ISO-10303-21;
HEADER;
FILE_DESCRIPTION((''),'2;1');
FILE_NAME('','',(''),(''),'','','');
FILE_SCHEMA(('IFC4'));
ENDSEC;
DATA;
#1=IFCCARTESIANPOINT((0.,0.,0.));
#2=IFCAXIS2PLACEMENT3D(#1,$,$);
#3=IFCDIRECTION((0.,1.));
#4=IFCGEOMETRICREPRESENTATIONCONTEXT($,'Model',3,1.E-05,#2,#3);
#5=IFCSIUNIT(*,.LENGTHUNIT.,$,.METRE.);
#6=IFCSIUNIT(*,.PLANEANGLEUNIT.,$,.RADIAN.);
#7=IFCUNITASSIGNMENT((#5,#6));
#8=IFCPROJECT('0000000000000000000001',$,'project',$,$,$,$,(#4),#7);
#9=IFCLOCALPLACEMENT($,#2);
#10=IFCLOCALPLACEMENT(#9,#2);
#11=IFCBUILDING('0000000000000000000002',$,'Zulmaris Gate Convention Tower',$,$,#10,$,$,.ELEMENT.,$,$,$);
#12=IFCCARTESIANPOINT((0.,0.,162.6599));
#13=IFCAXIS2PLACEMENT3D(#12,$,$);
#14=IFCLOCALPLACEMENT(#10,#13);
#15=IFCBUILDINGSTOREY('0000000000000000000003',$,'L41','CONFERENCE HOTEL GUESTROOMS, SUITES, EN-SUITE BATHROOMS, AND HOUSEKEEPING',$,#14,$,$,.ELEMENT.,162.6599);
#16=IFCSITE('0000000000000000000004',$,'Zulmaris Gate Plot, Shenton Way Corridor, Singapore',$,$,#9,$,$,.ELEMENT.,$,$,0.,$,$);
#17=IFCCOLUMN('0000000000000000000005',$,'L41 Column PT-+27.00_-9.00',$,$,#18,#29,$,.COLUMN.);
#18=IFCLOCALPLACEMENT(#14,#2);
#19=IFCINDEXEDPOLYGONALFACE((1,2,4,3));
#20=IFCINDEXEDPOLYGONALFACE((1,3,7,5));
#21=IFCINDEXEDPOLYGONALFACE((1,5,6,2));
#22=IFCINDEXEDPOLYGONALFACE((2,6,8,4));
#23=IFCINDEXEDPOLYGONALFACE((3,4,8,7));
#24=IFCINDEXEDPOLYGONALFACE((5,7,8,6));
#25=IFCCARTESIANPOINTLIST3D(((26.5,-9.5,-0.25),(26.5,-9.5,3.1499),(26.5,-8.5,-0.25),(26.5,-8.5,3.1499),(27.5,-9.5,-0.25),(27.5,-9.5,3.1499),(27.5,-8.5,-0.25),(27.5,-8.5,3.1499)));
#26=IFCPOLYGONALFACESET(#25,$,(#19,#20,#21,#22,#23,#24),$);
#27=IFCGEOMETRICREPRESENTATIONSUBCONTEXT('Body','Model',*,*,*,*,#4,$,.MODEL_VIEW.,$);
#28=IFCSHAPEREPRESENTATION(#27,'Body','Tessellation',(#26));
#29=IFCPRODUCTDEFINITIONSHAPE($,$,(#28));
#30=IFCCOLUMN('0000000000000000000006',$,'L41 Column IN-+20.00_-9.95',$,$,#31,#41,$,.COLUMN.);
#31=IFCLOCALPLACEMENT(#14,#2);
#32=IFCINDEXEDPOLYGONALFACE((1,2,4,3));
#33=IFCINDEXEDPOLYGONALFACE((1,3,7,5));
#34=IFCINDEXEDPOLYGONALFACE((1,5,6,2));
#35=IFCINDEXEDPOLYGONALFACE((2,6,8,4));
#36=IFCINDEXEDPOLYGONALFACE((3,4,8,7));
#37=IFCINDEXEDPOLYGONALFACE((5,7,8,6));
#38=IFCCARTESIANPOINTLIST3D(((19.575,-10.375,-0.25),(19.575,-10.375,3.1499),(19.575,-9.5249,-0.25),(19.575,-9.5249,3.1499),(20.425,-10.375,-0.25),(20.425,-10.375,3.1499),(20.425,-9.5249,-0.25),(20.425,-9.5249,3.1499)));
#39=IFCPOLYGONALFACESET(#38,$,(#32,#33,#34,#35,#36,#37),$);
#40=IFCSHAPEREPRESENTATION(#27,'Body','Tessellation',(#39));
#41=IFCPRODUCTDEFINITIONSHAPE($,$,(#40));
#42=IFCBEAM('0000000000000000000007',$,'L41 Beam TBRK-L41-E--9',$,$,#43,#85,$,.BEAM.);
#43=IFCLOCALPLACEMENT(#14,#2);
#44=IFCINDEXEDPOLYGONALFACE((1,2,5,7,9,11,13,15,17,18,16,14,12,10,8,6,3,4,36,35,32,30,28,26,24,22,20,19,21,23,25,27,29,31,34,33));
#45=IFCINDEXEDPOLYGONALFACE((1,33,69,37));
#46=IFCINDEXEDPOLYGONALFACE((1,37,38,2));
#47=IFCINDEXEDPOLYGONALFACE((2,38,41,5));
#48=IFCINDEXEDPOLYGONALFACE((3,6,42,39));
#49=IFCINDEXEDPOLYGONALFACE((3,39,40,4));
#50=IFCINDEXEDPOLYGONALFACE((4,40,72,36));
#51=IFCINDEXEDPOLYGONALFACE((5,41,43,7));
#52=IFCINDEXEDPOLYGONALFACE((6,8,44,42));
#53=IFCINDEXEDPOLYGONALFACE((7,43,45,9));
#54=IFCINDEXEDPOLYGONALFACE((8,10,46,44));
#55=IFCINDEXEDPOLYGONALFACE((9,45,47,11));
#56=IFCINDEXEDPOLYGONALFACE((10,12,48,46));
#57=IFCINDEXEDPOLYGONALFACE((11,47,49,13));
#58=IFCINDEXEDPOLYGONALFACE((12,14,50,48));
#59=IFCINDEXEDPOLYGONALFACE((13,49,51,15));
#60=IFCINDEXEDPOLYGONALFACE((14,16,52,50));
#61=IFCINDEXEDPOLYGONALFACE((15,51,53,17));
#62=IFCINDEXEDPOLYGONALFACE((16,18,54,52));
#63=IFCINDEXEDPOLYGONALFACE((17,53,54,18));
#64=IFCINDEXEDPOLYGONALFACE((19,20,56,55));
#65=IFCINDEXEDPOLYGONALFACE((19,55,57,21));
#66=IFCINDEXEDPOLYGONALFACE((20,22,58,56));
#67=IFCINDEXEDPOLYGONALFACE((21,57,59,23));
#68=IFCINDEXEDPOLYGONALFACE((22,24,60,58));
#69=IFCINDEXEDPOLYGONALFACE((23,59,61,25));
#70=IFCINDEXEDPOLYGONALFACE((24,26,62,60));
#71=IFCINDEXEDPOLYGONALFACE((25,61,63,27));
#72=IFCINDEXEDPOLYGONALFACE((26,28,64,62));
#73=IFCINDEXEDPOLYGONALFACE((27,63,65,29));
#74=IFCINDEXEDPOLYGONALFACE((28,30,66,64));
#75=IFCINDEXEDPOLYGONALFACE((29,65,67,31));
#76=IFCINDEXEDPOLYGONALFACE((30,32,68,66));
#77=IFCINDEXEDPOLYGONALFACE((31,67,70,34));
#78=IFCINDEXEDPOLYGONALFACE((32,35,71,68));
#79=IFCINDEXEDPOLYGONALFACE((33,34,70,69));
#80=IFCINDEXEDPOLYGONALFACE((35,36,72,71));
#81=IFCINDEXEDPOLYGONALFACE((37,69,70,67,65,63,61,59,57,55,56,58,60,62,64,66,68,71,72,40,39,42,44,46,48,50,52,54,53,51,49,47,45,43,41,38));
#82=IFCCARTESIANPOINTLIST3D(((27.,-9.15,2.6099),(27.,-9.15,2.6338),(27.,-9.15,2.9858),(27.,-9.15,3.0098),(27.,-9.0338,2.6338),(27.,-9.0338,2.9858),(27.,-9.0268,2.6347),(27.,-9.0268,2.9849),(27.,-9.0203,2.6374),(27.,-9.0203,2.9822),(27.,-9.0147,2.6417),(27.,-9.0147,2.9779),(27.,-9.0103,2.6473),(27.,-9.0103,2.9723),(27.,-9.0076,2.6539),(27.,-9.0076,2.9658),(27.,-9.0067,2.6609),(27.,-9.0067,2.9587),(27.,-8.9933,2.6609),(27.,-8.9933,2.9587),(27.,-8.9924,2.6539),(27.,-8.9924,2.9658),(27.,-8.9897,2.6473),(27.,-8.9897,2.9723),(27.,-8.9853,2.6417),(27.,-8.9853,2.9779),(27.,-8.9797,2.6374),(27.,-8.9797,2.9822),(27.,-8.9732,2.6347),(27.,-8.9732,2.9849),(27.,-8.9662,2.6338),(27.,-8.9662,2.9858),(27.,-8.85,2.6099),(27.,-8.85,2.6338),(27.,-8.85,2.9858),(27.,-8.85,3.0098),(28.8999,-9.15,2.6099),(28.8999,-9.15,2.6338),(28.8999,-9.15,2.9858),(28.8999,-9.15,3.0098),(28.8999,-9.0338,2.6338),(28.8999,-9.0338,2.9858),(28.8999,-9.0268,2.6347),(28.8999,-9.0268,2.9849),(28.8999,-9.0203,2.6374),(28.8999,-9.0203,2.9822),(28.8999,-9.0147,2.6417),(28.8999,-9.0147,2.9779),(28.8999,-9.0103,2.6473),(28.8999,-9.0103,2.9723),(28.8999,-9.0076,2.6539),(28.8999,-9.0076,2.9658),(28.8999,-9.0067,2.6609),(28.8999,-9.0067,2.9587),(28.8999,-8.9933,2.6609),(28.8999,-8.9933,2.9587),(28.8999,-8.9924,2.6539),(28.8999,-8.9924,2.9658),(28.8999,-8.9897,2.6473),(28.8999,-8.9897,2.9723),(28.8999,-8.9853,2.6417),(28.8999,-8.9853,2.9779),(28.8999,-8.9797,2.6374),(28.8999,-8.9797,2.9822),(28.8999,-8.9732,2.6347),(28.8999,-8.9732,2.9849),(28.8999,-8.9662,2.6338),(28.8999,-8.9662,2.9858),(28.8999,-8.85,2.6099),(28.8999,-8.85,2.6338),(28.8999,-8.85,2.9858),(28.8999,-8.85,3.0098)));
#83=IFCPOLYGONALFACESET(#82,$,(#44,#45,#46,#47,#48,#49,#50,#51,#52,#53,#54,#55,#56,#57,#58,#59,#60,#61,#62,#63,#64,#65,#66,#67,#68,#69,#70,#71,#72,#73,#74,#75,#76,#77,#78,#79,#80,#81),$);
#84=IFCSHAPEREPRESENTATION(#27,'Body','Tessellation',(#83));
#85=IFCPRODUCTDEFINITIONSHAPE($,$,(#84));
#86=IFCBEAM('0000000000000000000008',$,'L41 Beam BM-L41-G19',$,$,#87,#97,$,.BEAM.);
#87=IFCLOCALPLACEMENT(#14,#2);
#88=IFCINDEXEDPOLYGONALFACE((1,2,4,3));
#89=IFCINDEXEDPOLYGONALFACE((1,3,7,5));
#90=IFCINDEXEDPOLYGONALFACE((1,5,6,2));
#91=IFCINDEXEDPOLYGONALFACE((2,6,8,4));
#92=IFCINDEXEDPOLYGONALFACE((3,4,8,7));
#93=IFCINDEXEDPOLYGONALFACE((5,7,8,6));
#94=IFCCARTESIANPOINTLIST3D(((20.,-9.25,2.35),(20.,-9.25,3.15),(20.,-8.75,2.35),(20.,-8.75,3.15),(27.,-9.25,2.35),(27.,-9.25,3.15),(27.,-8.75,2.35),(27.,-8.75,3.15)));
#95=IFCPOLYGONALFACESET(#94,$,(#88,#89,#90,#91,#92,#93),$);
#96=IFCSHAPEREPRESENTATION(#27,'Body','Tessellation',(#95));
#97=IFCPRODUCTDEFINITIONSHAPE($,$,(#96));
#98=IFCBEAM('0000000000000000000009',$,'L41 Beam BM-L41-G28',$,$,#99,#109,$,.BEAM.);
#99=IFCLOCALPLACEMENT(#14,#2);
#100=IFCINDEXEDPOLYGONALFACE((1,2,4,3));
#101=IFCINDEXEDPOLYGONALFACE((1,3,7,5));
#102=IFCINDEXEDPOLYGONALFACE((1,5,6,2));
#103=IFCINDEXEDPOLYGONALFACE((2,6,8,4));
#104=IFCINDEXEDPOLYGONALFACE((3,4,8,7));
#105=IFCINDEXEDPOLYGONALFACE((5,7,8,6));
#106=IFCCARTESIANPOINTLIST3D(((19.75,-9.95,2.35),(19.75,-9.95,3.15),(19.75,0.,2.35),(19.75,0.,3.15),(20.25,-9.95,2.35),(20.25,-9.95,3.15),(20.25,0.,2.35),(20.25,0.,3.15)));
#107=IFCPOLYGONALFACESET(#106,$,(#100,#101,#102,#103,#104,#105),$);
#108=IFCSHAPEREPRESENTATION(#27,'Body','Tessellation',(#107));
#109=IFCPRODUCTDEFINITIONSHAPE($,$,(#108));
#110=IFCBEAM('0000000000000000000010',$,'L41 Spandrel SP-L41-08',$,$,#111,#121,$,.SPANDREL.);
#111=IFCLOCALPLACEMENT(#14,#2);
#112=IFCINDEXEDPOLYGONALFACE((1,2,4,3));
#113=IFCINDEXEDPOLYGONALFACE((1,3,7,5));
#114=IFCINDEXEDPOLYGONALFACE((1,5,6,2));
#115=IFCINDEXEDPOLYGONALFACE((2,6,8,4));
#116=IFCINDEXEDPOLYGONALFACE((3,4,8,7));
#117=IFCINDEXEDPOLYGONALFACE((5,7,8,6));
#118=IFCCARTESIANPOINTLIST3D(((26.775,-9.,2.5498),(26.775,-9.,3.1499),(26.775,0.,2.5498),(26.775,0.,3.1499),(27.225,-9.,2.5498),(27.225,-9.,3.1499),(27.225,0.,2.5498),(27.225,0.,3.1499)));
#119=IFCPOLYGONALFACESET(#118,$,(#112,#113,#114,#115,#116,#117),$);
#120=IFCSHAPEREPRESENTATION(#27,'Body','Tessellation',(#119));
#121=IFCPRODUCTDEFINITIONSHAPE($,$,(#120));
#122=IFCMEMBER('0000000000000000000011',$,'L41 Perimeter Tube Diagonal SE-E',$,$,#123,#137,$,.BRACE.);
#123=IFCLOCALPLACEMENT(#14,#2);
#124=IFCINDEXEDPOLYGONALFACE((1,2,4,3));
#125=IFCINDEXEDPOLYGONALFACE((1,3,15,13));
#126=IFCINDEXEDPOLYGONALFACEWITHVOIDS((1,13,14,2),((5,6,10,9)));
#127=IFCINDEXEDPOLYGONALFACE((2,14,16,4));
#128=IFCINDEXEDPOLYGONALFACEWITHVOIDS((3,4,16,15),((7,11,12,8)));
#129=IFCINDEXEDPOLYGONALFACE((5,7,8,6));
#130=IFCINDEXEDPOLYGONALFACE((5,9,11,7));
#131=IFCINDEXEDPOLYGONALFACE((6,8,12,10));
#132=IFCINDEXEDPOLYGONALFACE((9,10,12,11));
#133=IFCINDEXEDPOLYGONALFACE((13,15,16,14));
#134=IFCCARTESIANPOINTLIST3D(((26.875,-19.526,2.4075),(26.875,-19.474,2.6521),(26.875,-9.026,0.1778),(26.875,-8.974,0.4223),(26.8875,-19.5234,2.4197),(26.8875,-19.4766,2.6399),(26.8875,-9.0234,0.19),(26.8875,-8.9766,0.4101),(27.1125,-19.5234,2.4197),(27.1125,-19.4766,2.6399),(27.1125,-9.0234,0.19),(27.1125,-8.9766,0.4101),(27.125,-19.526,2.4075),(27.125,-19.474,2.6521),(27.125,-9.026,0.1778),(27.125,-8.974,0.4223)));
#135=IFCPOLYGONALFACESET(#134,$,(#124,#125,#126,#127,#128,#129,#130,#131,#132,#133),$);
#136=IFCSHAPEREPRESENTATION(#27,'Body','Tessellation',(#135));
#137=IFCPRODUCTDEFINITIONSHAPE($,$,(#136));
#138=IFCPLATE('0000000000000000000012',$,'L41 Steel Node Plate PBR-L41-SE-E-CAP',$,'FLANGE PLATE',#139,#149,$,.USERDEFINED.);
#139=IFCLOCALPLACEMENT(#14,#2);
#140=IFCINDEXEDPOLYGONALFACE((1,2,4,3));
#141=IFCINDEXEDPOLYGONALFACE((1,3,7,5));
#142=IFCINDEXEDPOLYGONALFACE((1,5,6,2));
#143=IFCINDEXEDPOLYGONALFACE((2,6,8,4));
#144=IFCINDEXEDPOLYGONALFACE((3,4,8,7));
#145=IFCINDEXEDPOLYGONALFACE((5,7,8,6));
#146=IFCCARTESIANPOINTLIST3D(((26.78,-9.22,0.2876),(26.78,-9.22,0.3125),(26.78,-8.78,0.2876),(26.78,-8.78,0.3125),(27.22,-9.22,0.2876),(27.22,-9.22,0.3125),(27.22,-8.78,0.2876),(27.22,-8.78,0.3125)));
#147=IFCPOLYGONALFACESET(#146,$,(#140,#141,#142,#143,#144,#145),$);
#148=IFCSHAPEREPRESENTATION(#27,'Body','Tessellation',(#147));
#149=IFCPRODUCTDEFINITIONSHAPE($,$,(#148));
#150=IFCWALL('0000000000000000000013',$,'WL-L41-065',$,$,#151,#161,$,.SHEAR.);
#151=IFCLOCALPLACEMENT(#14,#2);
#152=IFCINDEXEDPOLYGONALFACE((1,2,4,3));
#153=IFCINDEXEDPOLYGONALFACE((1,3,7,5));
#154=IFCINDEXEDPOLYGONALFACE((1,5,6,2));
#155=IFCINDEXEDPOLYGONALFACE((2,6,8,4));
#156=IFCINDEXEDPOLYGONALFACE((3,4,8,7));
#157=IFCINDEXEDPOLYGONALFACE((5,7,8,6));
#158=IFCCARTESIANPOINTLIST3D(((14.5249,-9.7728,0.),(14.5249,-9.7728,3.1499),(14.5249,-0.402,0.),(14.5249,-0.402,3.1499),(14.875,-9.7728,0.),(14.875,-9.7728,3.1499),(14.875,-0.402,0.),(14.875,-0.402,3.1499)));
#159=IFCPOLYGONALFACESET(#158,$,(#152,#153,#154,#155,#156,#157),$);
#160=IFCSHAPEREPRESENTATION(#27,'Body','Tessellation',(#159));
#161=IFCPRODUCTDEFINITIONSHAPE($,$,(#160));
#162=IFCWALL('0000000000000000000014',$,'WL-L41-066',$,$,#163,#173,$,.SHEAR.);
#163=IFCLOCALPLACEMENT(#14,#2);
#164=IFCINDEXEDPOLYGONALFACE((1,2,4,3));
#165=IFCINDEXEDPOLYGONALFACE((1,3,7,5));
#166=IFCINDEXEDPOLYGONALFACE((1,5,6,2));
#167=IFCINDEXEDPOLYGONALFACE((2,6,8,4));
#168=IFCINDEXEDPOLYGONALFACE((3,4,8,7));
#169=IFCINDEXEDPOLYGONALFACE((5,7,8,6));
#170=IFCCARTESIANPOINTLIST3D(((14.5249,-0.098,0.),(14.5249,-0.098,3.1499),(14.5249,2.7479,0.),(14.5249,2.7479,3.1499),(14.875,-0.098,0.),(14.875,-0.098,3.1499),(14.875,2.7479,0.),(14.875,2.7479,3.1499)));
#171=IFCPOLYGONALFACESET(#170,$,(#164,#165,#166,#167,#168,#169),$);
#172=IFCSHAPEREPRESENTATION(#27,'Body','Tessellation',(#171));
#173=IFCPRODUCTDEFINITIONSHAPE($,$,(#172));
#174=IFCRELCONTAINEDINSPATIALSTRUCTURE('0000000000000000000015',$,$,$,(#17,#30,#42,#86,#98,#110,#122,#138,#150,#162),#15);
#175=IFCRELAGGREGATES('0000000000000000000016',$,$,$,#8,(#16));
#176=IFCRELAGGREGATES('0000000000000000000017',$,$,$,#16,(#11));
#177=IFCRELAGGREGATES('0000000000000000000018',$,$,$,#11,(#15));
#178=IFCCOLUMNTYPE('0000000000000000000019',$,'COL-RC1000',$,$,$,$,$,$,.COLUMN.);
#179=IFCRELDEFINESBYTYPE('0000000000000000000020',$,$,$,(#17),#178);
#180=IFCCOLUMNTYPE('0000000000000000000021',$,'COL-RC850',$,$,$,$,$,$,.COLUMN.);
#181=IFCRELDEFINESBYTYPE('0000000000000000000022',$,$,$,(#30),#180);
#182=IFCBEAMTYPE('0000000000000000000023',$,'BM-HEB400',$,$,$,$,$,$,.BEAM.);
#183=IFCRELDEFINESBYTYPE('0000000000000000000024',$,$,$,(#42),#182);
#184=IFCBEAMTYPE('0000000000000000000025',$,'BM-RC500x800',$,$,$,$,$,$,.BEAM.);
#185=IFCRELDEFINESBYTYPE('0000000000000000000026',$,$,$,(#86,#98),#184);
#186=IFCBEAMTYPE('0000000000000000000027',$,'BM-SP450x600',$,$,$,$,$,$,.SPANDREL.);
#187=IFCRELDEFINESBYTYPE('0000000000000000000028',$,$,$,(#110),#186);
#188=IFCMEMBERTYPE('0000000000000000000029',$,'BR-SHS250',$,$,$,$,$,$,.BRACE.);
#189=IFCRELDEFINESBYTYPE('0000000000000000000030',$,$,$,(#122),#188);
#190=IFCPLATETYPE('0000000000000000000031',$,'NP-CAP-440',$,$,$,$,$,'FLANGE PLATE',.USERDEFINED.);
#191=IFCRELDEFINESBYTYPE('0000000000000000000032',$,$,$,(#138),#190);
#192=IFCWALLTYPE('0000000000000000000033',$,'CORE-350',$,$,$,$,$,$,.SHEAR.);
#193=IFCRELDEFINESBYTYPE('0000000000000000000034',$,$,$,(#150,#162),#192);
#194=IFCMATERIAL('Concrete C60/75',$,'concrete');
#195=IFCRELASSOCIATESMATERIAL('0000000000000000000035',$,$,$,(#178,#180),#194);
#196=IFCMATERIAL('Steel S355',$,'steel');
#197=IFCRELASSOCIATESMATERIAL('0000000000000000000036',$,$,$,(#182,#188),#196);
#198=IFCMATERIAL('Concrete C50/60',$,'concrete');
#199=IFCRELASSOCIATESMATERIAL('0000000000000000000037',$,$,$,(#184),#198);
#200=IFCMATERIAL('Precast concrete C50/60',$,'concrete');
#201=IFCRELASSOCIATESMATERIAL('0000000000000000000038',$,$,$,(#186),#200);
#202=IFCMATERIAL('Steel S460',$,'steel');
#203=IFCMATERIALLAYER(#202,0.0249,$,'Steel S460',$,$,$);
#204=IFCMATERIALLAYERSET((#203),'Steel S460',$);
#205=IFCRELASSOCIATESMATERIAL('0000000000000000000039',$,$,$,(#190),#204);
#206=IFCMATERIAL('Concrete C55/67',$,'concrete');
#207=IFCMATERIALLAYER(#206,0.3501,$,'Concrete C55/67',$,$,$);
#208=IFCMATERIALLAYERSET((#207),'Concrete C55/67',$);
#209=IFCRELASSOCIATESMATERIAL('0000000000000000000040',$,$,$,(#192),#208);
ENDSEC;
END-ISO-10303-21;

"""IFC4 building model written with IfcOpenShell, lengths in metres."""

from ifc_helpers import new_model, si_unit, direction, frame, frame_2d, origin, origin_2d, place, context, subcontext, project, spatial, rectangle, hollow_rectangle, i_section, extrude, material, layer, layer_set, material_profile, profile_set, type_object, element, save


model = new_model("IFC4")

# Units and contexts
model_context = context("Model", 3, precision=1e-05, world=origin(), true_north=direction((0.0, 1.0)))
body_context = subcontext(model_context, "Body", "Model", "MODEL_VIEW")
ifc_project = project(units=[si_unit("LENGTHUNIT", "METRE"), si_unit("PLANEANGLEUNIT", "RADIAN")], contexts=[model_context])

# Site, building, storey
site_placement = place(None, origin())
site = spatial("IfcSite", under=ifc_project, at=site_placement, Name="Zulmaris Gate Plot, Shenton Way Corridor, Singapore", CompositionType="ELEMENT", RefElevation=0.0)
building_placement = place(site_placement, origin())
building = spatial("IfcBuilding", under=site, at=building_placement, Name="Zulmaris Gate Convention Tower", CompositionType="ELEMENT")
storey_placement = place(building_placement, frame((0.0, 0.0, 162.6599)))
storey = spatial("IfcBuildingStorey", under=building, at=storey_placement, Name="L41", Description="CONFERENCE HOTEL GUESTROOMS, SUITES, EN-SUITE BATHROOMS, AND HOUSEKEEPING", CompositionType="ELEMENT", Elevation=162.6599)

# Columns
ifc_material_1 = material(Name="Concrete C60/75", Category="concrete")
ifc_material_profile_1 = material_profile(ifc_material_1, rectangle(XDim=1.0, YDim=1.0, at=origin_2d()), Name="RC COL 1000x1000")
ifc_profile_set_1 = profile_set([ifc_material_profile_1], Name="Concrete C60/75")
column_type_1 = type_object("IfcColumnType", Name="COL-RC1000", PredefinedType="COLUMN", material=ifc_profile_set_1)
column_1_placement = place(storey_placement, frame((27.0, -9.0, -0.25), z_axis=(0.0, 0.0, 1.0), x_axis=(1.0, 0.0, 0.0)))
element("IfcColumn", 1, at=column_1_placement, inside=storey, type_object=column_type_1, Name="L41 Column PT-+27.00_-9.00", PredefinedType="COLUMN", context=body_context, shape_type="SweptSolid", body=[
    extrude(rectangle(XDim=1.0, YDim=1.0, at=origin_2d()), origin(), (0.0, 0.0, 1.0), 3.3999),
])
ifc_material_profile_2 = material_profile(ifc_material_1, rectangle(XDim=0.8501, YDim=0.8501, at=origin_2d()), Name="RC COL 850x850")
ifc_profile_set_2 = profile_set([ifc_material_profile_2], Name="Concrete C60/75")
column_type_2 = type_object("IfcColumnType", Name="COL-RC850", PredefinedType="COLUMN", material=ifc_profile_set_2)
column_2_placement = place(storey_placement, frame((20.0, -9.95, -0.25), z_axis=(0.0, 0.0, 1.0), x_axis=(1.0, 0.0, 0.0)))
element("IfcColumn", 2, at=column_2_placement, inside=storey, type_object=column_type_2, Name="L41 Column IN-+20.00_-9.95", PredefinedType="COLUMN", context=body_context, shape_type="SweptSolid", body=[
    extrude(rectangle(XDim=0.8501, YDim=0.8501, at=origin_2d()), origin(), (0.0, 0.0, 1.0), 3.3999),
])

# Beams
ifc_material_2 = material(Name="Steel S355", Category="steel")
ifc_material_profile_3 = material_profile(ifc_material_2, i_section(OverallWidth=0.3, OverallDepth=0.3999, WebThickness=0.0134, FlangeThickness=0.0239, FilletRadius=0.0271, at=origin_2d()), Name="HEB 400")
ifc_profile_set_3 = profile_set([ifc_material_profile_3], Name="Steel S355")
beam_type_1 = type_object("IfcBeamType", Name="BM-HEB400", PredefinedType="BEAM", material=ifc_profile_set_3)
beam_1_placement = place(storey_placement, frame((27.0, -9.0, 2.8098), z_axis=(1.0, 0.0, 0.0), x_axis=(0.0, 1.0, 0.0)))
element("IfcBeam", 3, at=beam_1_placement, inside=storey, type_object=beam_type_1, Name="L41 Beam TBRK-L41-E--9", PredefinedType="BEAM", context=body_context, shape_type="SweptSolid", body=[
    extrude(i_section(OverallWidth=0.3, OverallDepth=0.3999, WebThickness=0.0134, FlangeThickness=0.0239, FilletRadius=0.0271, at=origin_2d()), origin(), (0.0, 0.0, 1.0), 1.8999),
])
ifc_material_3 = material(Name="Concrete C50/60", Category="concrete")
ifc_material_profile_4 = material_profile(ifc_material_3, rectangle(XDim=0.5, YDim=0.8, at=origin_2d()), Name="RC BEAM 500x800")
ifc_profile_set_4 = profile_set([ifc_material_profile_4], Name="Concrete C50/60")
beam_type_2 = type_object("IfcBeamType", Name="BM-RC500x800", PredefinedType="BEAM", material=ifc_profile_set_4)
beam_2_placement = place(storey_placement, frame((20.0, -9.0, 2.75), z_axis=(1.0, 0.0, 0.0), x_axis=(0.0, 1.0, 0.0)))
element("IfcBeam", 4, at=beam_2_placement, inside=storey, type_object=beam_type_2, Name="L41 Beam BM-L41-G19", PredefinedType="BEAM", context=body_context, shape_type="SweptSolid", body=[
    extrude(rectangle(XDim=0.5, YDim=0.8, at=origin_2d()), origin(), (0.0, 0.0, 1.0), 7.0),
])
beam_3_placement = place(storey_placement, frame((20.0, -9.95, 2.75), z_axis=(0.0, 1.0, 0.0), x_axis=(-1.0, 0.0, 0.0)))
element("IfcBeam", 5, at=beam_3_placement, inside=storey, type_object=beam_type_2, Name="L41 Beam BM-L41-G28", PredefinedType="BEAM", context=body_context, shape_type="SweptSolid", body=[
    extrude(rectangle(XDim=0.5, YDim=0.8, at=origin_2d()), origin(), (0.0, 0.0, 1.0), 9.95),
])
ifc_material_4 = material(Name="Precast concrete C50/60", Category="concrete")
ifc_material_profile_5 = material_profile(ifc_material_4, rectangle(XDim=0.45, YDim=0.6001, at=origin_2d()), Name="RC SPANDREL 450x600")
ifc_profile_set_5 = profile_set([ifc_material_profile_5], Name="Precast concrete C50/60")
beam_type_3 = type_object("IfcBeamType", Name="BM-SP450x600", PredefinedType="SPANDREL", material=ifc_profile_set_5)
beam_4_placement = place(storey_placement, frame((27.0, -9.0, 2.8499), z_axis=(0.0, 1.0, 0.0), x_axis=(-1.0, 0.0, 0.0)))
element("IfcBeam", 6, at=beam_4_placement, inside=storey, type_object=beam_type_3, Name="L41 Spandrel SP-L41-08", PredefinedType="SPANDREL", context=body_context, shape_type="SweptSolid", body=[
    extrude(rectangle(XDim=0.45, YDim=0.6001, at=origin_2d()), origin(), (0.0, 0.0, 1.0), 9.0),
])

# Member
ifc_material_profile_6 = material_profile(ifc_material_2, hollow_rectangle(XDim=0.25, YDim=0.25, WallThickness=0.0125, at=origin_2d()), Name="SHS 250x250x12.5")
ifc_profile_set_6 = profile_set([ifc_material_profile_6], Name="Steel S355")
member_type = type_object("IfcMemberType", Name="BR-SHS250", PredefinedType="BRACE", material=ifc_profile_set_6)
member_placement = place(storey_placement, frame((27.0, -9.0, 0.3), z_axis=(0.0, -0.978188, 0.207724), x_axis=(1.0, 0.0, 0.0)))
element("IfcMember", 7, at=member_placement, inside=storey, type_object=member_type, Name="L41 Perimeter Tube Diagonal SE-E", PredefinedType="BRACE", context=body_context, shape_type="SweptSolid", body=[
    extrude(hollow_rectangle(XDim=0.25, YDim=0.25, WallThickness=0.0125, at=origin_2d()), origin(), (0.0, 0.0, 1.0), 10.7341),
])

# Plate
ifc_material_5 = material(Name="Steel S460", Category="steel")
ifc_layer_1 = layer(ifc_material_5, 0.0249, Name="Steel S460")
ifc_layer_set_1 = layer_set([ifc_layer_1], Name="Steel S460")
plate_type = type_object("IfcPlateType", Name="NP-CAP-440", ElementType="FLANGE PLATE", PredefinedType="USERDEFINED", material=ifc_layer_set_1)
plate_placement = place(storey_placement, frame((27.0, -9.0, 0.2876), z_axis=(0.0, 0.0, 1.0), x_axis=(1.0, 0.0, 0.0)))
element("IfcPlate", 8, at=plate_placement, inside=storey, type_object=plate_type, Name="L41 Steel Node Plate PBR-L41-SE-E-CAP", ObjectType="FLANGE PLATE", PredefinedType="USERDEFINED", context=body_context, shape_type="SweptSolid", body=[
    extrude(rectangle(XDim=0.4399, YDim=0.4399, at=origin_2d()), origin(), (0.0, 0.0, 1.0), 0.0249),
])

# Walls
ifc_material_6 = material(Name="Concrete C55/67", Category="concrete")
ifc_layer_2 = layer(ifc_material_6, 0.3501, Name="Concrete C55/67")
ifc_layer_set_2 = layer_set([ifc_layer_2], Name="Concrete C55/67")
wall_type_1 = type_object("IfcWallType", Name="CORE-350", PredefinedType="SHEAR", material=ifc_layer_set_2)
wall_1_placement = place(storey_placement, frame((14.7, -9.7729, 0.0), z_axis=(0.0, 0.0, 1.0), x_axis=(0.0, 1.0, 0.0)))
element("IfcWall", 9, at=wall_1_placement, inside=storey, type_object=wall_type_1, Name="WL-L41-065", PredefinedType="SHEAR", context=body_context, shape_type="SweptSolid", body=[
    extrude(rectangle(XDim=9.3708, YDim=0.3501, at=frame_2d((4.6855, 0.0))), origin(), (0.0, 0.0, 1.0), 3.1499),
])
wall_2_placement = place(storey_placement, frame((14.7, -0.0979, 0.0), z_axis=(0.0, 0.0, 1.0), x_axis=(0.0, 1.0, 0.0)))
element("IfcWall", 10, at=wall_2_placement, inside=storey, type_object=wall_type_1, Name="WL-L41-066", PredefinedType="SHEAR", context=body_context, shape_type="SweptSolid", body=[
    extrude(rectangle(XDim=2.8459, YDim=0.3501, at=frame_2d((1.4229, 0.0))), origin(), (0.0, 0.0, 1.0), 3.1499),
])

save(model, "model.ifc")
